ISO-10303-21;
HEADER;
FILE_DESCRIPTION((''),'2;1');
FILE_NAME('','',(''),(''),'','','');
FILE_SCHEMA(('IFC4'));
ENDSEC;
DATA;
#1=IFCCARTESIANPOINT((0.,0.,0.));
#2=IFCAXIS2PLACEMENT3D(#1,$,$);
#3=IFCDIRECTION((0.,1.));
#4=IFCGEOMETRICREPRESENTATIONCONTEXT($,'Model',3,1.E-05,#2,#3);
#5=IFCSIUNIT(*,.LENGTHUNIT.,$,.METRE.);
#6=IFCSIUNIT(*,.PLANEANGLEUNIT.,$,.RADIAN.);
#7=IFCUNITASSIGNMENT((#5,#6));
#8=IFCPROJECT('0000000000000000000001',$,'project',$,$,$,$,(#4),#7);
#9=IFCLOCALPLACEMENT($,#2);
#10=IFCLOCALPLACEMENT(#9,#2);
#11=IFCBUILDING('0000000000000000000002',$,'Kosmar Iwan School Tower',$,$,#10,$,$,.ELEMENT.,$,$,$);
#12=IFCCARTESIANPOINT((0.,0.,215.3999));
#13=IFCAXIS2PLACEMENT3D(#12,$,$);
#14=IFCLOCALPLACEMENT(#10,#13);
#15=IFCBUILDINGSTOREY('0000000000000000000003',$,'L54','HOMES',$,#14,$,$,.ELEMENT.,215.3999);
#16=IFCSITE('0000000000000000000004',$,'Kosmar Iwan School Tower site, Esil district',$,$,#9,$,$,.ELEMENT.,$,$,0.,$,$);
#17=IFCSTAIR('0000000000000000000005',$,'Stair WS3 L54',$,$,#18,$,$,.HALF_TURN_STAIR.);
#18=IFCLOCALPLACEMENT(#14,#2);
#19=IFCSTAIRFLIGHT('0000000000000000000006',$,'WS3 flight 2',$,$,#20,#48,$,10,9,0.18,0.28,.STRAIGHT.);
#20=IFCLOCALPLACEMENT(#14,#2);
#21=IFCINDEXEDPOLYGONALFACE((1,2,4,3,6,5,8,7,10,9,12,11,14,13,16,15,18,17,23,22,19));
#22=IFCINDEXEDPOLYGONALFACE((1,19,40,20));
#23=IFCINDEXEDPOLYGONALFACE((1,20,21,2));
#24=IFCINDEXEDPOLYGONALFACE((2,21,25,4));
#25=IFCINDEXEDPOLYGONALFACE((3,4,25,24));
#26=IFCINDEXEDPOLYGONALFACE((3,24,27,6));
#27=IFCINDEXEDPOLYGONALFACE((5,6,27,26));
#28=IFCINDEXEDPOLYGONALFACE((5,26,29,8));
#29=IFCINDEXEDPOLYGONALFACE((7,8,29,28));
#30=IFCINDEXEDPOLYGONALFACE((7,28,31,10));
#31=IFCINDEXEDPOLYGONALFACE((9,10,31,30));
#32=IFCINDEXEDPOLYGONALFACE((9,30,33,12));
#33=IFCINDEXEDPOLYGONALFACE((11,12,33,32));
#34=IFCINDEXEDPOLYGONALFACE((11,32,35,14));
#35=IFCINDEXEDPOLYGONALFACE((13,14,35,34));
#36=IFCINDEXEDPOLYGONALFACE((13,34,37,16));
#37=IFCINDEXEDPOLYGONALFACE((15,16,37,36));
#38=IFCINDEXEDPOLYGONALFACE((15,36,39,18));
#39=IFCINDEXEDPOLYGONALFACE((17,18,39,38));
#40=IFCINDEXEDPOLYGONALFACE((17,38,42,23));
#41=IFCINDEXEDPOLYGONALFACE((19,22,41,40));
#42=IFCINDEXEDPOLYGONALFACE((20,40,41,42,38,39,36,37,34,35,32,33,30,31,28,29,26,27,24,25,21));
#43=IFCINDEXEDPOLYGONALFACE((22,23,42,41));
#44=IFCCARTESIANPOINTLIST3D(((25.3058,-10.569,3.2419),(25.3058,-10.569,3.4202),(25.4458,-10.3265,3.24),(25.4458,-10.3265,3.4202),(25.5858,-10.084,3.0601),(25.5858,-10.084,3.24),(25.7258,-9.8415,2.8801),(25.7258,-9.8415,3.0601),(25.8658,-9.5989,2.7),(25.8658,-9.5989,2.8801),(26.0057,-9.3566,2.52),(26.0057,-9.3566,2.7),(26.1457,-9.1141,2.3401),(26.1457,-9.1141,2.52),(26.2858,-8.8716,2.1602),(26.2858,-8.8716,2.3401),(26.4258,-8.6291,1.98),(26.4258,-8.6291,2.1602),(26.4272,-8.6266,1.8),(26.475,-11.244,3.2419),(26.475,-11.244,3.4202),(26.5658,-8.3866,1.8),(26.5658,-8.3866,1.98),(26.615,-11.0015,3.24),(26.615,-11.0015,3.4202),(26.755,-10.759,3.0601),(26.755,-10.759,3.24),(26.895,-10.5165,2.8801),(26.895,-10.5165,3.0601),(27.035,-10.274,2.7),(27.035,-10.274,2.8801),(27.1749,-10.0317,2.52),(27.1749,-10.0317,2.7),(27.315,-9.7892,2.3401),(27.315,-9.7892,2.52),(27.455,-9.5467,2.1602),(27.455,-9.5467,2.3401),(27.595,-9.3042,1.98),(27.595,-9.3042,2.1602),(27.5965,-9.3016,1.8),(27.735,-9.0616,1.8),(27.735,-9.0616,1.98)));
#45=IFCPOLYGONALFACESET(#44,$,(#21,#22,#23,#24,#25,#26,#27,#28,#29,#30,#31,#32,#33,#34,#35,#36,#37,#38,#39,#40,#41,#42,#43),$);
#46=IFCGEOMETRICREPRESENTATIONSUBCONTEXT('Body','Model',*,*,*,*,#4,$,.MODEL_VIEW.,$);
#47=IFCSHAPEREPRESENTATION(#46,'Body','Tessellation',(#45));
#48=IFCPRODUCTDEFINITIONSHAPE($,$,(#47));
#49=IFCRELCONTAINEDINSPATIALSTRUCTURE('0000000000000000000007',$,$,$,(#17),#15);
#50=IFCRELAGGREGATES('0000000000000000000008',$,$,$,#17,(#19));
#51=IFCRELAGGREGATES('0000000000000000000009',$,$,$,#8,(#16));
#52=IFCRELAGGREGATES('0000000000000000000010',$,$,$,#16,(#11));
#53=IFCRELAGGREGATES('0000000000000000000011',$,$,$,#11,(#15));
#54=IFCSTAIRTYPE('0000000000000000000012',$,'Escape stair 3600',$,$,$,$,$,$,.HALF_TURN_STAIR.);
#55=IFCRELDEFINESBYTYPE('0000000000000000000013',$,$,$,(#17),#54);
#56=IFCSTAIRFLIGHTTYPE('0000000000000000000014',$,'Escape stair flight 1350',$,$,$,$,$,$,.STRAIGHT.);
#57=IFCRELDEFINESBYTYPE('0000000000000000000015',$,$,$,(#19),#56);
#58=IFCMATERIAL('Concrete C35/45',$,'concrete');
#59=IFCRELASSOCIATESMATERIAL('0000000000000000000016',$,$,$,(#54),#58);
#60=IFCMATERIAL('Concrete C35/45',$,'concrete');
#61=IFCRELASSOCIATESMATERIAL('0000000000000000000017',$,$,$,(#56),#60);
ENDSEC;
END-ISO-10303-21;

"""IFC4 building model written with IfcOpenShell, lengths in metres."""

from ifc_helpers import new_model, si_unit, direction, frame, origin, place, context, subcontext, project, spatial, polyline, outline, extrude, material, type_object, element, aggregate, save


model = new_model("IFC4")

# Units and contexts
model_context = context("Model", 3, precision=1e-05, world=origin(), true_north=direction((0.0, 1.0)))
body_context = subcontext(model_context, "Body", "Model", "MODEL_VIEW")
ifc_project = project(units=[si_unit("LENGTHUNIT", "METRE"), si_unit("PLANEANGLEUNIT", "RADIAN")], contexts=[model_context])

# Site, building, storey
site_placement = place(None, origin())
site = spatial("IfcSite", under=ifc_project, at=site_placement, Name="Kosmar Iwan School Tower site, Esil district", CompositionType="ELEMENT", RefElevation=0.0)
building_placement = place(site_placement, origin())
building = spatial("IfcBuilding", under=site, at=building_placement, Name="Kosmar Iwan School Tower", CompositionType="ELEMENT")
storey_placement = place(building_placement, frame((0.0, 0.0, 215.3999)))
storey = spatial("IfcBuildingStorey", under=building, at=storey_placement, Name="L54", Description="HOMES", CompositionType="ELEMENT", Elevation=215.3999)

# Stair, stair flight
ifc_material_1 = material(Name="Concrete C35/45", Category="concrete")
stair_type = type_object("IfcStairType", Name="Escape stair 3600", PredefinedType="HALF_TURN_STAIR", material=ifc_material_1)
stair_placement = place(storey_placement, origin())
stair = element("IfcStair", 1, at=stair_placement, inside=storey, type_object=stair_type, Name="Stair WS3 L54", PredefinedType="HALF_TURN_STAIR")
ifc_material_2 = material(Name="Concrete C35/45", Category="concrete")
stair_flight_type = type_object("IfcStairFlightType", Name="Escape stair flight 1350", PredefinedType="STRAIGHT", material=ifc_material_2)
stair_flight_1_placement = place(storey_placement, frame((27.1504, -8.7241, 1.8), z_axis=(0.0, 0.0, 1.0), x_axis=(-0.5, -0.866025, 0.0)))
stair_flight_1 = element("IfcStairFlight", 2, at=stair_flight_1_placement, type_object=stair_flight_type, Name="WS3 flight 2", NumberOfRisers=10, NumberOfTreads=9, PredefinedType="STRAIGHT", RiserHeight=0.18, TreadLength=0.28, context=body_context, shape_type="SweptSolid", body=[
    extrude(outline(polyline([(0.0, 0.0), (0.0, 0.1799), (0.28, 0.1799), (0.28, 0.3601), (0.5601, 0.3601), (0.5601, 0.54), (0.8401, 0.54), (0.8401, 0.72), (1.1201, 0.72), (1.1201, 0.8999), (1.3999, 0.8999), (1.3999, 1.0801), (1.6799, 1.0801), (1.6799, 1.26), (1.96, 1.26), (1.96, 1.4399), (2.24, 1.4399), (2.24, 1.6201), (2.52, 1.6201), (2.52, 1.8), (2.52, 1.4419), (0.2771, 0.0), (0.0, 0.0)])), frame((0.0, 0.675, 0.0), z_axis=(0.0, -1.0, 0.0), x_axis=(1.0, 0.0, 0.0)), (0.0, 0.0, 1.0), 1.3501),
])
aggregate(stair, [stair_flight_1])

save(model, "model.ifc")
